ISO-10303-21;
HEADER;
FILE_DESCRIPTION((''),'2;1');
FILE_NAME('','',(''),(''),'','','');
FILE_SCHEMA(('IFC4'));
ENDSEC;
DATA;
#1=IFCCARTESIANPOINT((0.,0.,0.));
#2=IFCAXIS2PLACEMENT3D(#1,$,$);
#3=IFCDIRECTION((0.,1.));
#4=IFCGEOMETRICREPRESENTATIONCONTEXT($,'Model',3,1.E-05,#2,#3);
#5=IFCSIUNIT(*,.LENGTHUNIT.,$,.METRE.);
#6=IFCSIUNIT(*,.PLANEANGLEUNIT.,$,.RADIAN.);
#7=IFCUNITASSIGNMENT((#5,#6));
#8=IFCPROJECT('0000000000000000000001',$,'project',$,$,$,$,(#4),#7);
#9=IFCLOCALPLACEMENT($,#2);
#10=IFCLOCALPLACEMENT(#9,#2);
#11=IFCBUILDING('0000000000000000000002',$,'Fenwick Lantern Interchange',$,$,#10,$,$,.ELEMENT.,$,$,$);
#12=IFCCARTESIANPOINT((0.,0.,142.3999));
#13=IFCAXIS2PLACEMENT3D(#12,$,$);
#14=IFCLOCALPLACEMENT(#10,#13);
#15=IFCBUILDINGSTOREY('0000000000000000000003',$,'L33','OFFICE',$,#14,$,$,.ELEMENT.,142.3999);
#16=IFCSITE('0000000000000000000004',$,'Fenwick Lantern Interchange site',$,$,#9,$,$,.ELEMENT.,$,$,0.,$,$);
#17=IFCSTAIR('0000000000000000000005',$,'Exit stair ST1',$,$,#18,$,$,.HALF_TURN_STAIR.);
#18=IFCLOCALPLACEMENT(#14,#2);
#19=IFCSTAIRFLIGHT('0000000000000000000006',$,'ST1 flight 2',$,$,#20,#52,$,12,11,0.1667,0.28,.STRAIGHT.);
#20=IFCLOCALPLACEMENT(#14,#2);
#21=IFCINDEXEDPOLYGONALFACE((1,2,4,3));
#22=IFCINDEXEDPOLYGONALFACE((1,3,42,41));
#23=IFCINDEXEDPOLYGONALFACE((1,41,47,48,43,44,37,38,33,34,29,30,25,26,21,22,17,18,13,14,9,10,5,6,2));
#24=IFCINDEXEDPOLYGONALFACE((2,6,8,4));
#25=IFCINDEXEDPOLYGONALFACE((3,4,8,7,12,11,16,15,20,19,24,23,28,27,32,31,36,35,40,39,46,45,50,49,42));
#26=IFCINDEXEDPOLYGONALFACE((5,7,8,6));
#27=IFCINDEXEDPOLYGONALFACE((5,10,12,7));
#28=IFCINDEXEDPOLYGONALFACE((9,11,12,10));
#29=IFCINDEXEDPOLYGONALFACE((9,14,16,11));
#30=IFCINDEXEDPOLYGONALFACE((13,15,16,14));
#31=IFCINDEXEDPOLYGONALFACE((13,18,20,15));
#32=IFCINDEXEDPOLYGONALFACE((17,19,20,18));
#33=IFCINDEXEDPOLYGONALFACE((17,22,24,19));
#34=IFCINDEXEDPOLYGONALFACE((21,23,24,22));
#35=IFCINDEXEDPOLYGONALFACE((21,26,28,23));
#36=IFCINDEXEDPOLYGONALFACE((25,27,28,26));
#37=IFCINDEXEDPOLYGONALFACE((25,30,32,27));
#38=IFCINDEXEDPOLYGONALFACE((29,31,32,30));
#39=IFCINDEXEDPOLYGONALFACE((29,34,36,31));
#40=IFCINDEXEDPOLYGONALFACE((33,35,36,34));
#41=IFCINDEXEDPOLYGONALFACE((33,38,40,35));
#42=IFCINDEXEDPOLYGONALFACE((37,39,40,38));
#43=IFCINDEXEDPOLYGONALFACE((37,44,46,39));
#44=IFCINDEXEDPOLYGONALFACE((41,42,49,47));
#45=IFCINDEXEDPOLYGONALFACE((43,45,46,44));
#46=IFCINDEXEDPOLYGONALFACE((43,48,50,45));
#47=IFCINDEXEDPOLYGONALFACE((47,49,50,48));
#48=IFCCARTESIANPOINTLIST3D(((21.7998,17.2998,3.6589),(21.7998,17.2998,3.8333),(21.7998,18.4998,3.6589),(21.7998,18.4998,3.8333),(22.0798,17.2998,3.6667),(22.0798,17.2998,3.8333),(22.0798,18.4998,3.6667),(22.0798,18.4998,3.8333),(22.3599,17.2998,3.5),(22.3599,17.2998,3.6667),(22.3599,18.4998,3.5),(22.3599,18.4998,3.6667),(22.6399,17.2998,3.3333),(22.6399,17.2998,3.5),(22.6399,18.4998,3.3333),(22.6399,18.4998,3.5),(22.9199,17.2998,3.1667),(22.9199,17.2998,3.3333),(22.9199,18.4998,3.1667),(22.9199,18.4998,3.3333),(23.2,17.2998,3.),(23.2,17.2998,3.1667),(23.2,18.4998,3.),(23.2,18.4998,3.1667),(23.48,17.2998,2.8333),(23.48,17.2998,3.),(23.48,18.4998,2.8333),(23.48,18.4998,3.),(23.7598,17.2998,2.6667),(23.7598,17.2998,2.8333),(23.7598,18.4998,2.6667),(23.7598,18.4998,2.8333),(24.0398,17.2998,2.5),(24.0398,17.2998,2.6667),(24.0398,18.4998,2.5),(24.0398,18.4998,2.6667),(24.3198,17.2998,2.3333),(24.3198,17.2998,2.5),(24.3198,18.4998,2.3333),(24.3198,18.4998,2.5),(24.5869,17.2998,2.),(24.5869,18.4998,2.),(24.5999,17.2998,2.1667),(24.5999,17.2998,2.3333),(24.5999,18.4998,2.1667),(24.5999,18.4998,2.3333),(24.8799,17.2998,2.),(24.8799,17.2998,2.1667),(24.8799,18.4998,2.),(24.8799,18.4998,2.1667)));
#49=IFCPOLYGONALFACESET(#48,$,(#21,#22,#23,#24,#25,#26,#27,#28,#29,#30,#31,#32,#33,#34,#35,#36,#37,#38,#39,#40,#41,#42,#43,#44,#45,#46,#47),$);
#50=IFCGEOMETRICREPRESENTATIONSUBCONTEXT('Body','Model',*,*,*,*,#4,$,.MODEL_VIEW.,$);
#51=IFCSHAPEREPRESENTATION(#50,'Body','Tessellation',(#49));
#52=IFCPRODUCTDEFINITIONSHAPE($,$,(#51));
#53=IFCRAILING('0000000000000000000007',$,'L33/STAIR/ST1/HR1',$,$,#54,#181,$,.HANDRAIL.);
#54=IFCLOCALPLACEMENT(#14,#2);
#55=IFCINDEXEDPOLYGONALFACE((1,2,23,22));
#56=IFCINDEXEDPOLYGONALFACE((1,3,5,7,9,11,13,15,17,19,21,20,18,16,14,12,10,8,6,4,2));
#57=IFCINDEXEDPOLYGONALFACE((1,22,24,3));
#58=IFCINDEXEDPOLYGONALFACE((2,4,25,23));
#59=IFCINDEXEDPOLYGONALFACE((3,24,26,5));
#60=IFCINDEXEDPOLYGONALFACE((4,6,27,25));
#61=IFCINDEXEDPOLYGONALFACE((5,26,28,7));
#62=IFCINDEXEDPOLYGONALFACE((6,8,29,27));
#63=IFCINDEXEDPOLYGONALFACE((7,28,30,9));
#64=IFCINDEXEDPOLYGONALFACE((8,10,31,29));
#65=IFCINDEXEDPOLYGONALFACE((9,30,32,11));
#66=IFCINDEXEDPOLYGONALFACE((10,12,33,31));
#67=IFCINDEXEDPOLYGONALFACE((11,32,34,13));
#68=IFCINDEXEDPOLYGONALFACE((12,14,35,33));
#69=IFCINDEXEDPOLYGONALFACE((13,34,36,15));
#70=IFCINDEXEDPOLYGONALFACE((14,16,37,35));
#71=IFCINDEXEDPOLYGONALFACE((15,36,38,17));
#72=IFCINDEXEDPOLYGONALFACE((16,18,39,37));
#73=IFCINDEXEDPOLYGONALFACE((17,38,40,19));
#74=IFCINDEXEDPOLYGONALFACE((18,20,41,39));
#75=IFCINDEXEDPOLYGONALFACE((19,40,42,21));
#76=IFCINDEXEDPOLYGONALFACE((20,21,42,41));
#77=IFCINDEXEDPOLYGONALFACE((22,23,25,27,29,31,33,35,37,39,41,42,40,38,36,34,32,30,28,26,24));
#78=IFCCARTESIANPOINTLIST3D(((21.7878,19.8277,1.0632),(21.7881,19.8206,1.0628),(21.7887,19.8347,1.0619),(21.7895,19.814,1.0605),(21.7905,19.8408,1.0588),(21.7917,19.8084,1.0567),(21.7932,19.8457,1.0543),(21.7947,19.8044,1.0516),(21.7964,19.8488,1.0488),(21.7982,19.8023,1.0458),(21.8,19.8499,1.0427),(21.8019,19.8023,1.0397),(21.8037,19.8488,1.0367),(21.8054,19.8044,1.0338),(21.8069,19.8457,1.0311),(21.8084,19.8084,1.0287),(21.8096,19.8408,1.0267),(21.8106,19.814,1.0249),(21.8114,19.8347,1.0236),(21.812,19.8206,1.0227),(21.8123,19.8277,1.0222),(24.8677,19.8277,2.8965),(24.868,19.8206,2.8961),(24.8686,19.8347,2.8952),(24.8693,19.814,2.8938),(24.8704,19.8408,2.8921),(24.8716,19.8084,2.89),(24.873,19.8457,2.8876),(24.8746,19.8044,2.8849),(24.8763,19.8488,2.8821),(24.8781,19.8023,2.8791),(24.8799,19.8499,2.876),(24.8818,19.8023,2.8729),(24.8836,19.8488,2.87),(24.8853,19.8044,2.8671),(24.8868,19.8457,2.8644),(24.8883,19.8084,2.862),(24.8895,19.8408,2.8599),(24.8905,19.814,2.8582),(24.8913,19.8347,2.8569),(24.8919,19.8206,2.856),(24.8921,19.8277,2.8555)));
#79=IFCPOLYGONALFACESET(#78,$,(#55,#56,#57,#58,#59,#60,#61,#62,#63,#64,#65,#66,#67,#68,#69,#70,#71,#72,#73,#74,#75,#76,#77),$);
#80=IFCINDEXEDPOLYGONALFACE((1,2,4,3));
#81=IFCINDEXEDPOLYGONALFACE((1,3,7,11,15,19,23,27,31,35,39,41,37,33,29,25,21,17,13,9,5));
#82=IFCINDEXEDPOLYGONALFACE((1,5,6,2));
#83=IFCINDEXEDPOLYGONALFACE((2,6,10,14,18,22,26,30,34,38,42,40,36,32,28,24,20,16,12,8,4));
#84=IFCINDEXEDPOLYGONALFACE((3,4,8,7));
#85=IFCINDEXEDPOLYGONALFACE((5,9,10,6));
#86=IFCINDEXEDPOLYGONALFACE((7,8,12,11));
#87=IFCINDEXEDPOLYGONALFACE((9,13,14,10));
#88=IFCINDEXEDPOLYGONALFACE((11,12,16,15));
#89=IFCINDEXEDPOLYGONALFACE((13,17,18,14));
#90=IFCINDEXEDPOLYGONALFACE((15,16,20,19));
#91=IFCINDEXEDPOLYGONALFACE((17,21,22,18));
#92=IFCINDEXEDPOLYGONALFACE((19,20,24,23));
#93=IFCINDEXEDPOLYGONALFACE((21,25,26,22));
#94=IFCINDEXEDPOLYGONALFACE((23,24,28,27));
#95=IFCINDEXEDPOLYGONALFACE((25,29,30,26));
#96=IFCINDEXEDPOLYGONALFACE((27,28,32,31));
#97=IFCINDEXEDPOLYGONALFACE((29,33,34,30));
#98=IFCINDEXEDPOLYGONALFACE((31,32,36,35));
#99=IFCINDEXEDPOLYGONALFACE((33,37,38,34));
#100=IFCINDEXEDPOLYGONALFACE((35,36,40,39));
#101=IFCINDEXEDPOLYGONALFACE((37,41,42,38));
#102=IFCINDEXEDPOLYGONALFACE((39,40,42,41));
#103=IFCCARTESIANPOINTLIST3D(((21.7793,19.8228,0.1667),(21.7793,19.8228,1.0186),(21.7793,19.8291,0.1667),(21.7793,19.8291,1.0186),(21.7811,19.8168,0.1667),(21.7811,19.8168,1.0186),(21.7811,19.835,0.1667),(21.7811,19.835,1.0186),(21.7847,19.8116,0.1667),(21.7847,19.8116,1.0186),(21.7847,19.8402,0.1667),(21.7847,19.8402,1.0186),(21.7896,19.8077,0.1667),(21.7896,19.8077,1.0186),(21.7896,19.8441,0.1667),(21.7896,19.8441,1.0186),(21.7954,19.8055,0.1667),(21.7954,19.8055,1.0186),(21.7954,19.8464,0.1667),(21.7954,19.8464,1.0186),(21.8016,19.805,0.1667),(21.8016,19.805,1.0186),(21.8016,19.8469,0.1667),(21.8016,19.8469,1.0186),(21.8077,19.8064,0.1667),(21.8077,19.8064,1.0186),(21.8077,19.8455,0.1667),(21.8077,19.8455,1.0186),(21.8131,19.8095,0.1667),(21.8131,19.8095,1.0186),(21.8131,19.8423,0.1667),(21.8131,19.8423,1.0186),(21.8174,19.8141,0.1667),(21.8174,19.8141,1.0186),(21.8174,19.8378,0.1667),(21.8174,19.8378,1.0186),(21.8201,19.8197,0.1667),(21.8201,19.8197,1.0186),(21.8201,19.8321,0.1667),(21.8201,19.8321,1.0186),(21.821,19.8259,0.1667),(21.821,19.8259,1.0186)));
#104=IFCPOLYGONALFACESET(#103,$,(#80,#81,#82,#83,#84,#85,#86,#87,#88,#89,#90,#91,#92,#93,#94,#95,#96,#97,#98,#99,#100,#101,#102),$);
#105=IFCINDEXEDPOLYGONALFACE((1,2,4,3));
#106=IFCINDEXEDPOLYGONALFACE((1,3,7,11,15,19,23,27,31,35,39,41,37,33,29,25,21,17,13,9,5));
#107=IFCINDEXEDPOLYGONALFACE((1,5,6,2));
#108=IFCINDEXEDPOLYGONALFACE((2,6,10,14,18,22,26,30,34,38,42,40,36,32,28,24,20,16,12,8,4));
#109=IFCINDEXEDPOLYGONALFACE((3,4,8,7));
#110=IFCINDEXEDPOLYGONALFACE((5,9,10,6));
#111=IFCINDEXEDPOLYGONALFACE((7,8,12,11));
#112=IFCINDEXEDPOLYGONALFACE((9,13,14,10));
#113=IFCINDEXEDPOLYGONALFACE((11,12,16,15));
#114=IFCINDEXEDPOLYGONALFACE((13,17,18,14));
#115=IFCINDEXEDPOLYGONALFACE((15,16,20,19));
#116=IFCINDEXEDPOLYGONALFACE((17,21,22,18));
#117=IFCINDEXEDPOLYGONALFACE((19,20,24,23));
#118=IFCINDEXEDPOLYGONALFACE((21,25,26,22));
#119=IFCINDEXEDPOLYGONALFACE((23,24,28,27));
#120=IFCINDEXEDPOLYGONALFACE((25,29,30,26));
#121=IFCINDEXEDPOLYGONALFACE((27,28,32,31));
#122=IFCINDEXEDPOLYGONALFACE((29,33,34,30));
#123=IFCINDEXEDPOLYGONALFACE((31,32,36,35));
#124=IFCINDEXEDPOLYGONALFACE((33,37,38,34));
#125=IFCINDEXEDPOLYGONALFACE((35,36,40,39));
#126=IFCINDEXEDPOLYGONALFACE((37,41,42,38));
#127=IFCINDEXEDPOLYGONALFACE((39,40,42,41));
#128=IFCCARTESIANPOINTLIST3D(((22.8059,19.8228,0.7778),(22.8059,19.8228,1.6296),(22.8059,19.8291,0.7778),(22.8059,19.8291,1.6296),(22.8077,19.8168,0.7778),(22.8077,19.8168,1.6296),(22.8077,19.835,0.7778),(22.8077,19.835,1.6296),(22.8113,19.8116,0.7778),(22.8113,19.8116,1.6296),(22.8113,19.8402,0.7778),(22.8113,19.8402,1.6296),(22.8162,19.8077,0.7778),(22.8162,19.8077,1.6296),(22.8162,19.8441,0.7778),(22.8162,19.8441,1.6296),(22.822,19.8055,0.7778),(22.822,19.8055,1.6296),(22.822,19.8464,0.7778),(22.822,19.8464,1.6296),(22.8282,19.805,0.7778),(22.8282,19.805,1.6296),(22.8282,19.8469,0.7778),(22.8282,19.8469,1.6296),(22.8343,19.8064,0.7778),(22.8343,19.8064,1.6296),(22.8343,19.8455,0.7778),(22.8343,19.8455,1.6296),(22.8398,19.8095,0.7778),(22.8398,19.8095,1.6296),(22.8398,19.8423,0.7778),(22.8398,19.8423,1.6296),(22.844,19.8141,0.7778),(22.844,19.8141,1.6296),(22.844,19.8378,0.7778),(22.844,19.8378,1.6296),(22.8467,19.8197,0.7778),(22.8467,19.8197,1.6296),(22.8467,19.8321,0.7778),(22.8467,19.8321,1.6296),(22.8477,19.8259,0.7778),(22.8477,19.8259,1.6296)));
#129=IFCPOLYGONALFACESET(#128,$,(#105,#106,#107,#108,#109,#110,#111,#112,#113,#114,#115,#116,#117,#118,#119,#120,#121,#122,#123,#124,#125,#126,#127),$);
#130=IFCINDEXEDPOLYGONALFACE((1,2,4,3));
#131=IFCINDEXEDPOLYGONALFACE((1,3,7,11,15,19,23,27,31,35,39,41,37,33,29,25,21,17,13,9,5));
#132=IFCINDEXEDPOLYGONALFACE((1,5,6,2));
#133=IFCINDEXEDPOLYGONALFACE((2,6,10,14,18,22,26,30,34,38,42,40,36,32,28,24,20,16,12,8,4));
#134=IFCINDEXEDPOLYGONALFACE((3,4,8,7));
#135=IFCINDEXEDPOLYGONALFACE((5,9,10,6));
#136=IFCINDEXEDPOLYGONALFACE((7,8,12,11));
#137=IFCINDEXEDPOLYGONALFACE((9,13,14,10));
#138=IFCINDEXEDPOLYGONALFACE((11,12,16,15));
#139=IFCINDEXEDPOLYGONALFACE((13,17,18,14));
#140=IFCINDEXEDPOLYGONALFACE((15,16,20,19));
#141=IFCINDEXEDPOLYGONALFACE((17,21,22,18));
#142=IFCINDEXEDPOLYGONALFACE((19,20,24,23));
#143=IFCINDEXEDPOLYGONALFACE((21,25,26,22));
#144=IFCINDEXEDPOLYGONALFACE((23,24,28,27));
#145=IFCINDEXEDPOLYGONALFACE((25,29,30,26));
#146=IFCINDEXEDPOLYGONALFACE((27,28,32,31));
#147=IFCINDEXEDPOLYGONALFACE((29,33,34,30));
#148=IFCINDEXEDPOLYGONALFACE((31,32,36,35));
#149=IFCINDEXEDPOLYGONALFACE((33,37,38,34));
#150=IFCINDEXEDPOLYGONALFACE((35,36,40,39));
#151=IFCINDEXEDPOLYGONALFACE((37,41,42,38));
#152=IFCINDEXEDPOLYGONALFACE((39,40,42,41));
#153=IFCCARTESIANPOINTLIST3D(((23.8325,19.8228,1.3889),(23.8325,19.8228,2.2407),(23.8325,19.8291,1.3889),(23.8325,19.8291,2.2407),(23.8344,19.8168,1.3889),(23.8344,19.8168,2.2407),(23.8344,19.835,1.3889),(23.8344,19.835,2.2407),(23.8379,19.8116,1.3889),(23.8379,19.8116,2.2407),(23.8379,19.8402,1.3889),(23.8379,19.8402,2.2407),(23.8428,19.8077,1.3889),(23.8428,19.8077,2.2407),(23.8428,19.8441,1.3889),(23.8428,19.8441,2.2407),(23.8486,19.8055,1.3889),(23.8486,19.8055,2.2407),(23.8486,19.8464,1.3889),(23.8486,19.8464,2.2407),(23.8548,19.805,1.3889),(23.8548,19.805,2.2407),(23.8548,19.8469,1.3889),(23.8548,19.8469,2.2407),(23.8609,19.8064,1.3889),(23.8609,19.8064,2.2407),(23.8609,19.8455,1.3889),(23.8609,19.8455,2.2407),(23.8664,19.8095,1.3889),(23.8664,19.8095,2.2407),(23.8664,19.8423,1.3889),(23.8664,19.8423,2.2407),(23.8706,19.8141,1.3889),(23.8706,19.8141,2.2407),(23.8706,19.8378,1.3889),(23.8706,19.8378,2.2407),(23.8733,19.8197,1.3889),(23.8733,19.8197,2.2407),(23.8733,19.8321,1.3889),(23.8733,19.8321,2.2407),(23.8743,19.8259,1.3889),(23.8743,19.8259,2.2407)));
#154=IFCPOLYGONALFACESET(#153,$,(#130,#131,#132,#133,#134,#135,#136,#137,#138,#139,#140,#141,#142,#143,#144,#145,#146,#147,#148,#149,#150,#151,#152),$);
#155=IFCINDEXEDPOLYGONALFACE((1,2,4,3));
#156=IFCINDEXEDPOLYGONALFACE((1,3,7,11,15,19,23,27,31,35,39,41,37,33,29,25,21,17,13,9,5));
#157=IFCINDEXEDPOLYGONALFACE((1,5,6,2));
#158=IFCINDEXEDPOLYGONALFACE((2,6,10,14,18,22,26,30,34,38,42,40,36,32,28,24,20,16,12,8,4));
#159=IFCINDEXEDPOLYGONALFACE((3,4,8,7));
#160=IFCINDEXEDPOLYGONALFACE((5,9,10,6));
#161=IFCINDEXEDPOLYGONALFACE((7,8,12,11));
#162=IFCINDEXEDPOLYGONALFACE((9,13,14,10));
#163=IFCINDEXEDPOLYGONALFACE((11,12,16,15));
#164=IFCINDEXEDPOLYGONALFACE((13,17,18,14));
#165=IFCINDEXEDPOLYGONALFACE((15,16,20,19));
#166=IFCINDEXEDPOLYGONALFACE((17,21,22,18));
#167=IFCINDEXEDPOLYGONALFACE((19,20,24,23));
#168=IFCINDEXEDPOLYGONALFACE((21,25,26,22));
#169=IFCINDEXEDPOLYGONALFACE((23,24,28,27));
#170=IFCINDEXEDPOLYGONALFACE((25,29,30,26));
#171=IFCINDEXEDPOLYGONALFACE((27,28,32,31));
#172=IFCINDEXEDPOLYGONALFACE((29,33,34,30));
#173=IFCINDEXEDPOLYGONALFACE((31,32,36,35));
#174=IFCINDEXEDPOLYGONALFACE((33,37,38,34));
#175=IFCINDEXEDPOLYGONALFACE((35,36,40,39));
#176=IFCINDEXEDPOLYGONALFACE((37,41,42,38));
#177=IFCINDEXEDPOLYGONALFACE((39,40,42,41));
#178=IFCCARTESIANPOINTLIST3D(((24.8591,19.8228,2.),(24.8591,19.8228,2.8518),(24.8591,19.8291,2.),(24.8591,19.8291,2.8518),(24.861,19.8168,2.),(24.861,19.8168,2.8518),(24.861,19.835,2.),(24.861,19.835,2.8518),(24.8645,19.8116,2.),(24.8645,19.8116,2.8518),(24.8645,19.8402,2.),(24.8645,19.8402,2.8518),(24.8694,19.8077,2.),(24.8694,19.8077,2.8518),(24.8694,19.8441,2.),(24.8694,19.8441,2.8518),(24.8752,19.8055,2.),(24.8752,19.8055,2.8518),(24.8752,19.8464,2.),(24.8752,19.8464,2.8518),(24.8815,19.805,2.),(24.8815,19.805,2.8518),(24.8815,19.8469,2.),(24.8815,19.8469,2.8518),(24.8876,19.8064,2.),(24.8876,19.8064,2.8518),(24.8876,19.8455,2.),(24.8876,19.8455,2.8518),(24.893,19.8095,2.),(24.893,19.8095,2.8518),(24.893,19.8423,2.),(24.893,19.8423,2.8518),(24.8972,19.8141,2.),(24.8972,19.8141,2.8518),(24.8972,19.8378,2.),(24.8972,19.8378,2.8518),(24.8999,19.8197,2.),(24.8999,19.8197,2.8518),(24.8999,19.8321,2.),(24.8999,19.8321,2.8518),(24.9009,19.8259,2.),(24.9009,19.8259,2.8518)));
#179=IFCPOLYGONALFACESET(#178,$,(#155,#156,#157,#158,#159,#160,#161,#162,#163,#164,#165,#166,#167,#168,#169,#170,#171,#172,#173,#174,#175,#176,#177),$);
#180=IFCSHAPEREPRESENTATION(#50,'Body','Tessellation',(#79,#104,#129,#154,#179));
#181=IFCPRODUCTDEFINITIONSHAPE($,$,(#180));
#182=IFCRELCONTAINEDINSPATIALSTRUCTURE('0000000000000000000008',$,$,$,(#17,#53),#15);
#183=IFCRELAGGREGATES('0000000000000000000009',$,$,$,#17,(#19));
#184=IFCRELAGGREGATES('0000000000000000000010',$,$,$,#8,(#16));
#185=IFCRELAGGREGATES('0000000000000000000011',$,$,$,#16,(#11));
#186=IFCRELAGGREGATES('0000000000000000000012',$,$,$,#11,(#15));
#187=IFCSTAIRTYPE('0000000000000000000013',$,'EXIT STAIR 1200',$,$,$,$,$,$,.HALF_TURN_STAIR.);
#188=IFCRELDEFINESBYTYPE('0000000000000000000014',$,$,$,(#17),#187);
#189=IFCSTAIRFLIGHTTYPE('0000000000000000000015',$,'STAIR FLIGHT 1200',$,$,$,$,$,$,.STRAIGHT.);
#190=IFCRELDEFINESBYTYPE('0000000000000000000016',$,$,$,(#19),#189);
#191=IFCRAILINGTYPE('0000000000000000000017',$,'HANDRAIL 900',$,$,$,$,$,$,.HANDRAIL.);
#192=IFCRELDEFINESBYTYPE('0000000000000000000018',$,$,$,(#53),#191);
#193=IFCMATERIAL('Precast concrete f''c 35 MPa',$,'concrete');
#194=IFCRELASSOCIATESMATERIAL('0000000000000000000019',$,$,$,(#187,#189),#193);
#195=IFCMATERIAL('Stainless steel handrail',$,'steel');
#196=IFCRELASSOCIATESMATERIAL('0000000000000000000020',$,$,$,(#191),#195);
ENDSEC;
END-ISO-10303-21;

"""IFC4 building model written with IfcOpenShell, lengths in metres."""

from ifc_helpers import new_model, si_unit, direction, frame, origin, origin_2d, place, context, subcontext, project, spatial, polyline, circle, outline, extrude, material, type_object, element, aggregate, save


model = new_model("IFC4")

# Units and contexts
model_context = context("Model", 3, precision=1e-05, world=origin(), true_north=direction((0.0, 1.0)))
body_context = subcontext(model_context, "Body", "Model", "MODEL_VIEW")
ifc_project = project(units=[si_unit("LENGTHUNIT", "METRE"), si_unit("PLANEANGLEUNIT", "RADIAN")], contexts=[model_context])

# Site, building, storey
site_placement = place(None, origin())
site = spatial("IfcSite", under=ifc_project, at=site_placement, Name="Fenwick Lantern Interchange site", CompositionType="ELEMENT", RefElevation=0.0)
building_placement = place(site_placement, origin())
building = spatial("IfcBuilding", under=site, at=building_placement, Name="Fenwick Lantern Interchange", CompositionType="ELEMENT")
storey_placement = place(building_placement, frame((0.0, 0.0, 142.3999)))
storey = spatial("IfcBuildingStorey", under=building, at=storey_placement, Name="L33", Description="OFFICE", CompositionType="ELEMENT", Elevation=142.3999)

# Stair, stair flight
ifc_material_1 = material(Name="Precast concrete f'c 35 MPa", Category="concrete")
stair_type = type_object("IfcStairType", Name="EXIT STAIR 1200", PredefinedType="HALF_TURN_STAIR", material=ifc_material_1)
stair_placement = place(storey_placement, origin())
stair = element("IfcStair", 1, at=stair_placement, inside=storey, type_object=stair_type, Name="Exit stair ST1", PredefinedType="HALF_TURN_STAIR")
stair_flight_type = type_object("IfcStairFlightType", Name="STAIR FLIGHT 1200", PredefinedType="STRAIGHT", material=ifc_material_1)
stair_flight_1_placement = place(storey_placement, frame((24.8799, 17.8999, 2.0), z_axis=(0.0, 0.0, 1.0), x_axis=(-1.0, 0.0, 0.0)))
stair_flight_1 = element("IfcStairFlight", 2, at=stair_flight_1_placement, type_object=stair_flight_type, Name="ST1 flight 2", NumberOfRisers=12, NumberOfTreads=11, PredefinedType="STRAIGHT", RiserHeight=0.1667, TreadLength=0.28, context=body_context, shape_type="SweptSolid", body=[
    extrude(outline(polyline([(0.0, 0.0), (0.0, 0.1667), (0.28, 0.1667), (0.28, 0.3333), (0.5601, 0.3333), (0.5601, 0.5), (0.8401, 0.5), (0.8401, 0.6667), (1.1201, 0.6667), (1.1201, 0.8333), (1.3999, 0.8333), (1.3999, 1.0), (1.6799, 1.0), (1.6799, 1.1667), (1.96, 1.1667), (1.96, 1.3333), (2.24, 1.3333), (2.24, 1.5), (2.52, 1.5), (2.52, 1.6667), (2.8, 1.6667), (2.8, 1.8333), (3.0801, 1.8333), (3.0801, 2.0), (3.0801, 1.6589), (0.293, 0.0), (0.0, 0.0)])), frame((0.0, 0.6001, 0.0), z_axis=(0.0, -1.0, 0.0), x_axis=(1.0, 0.0, 0.0)), (0.0, 0.0, 1.0), 1.2),
])
aggregate(stair, [stair_flight_1])

# Railing
ifc_material_2 = material(Name="Stainless steel handrail", Category="steel")
railing_type = type_object("IfcRailingType", Name="HANDRAIL 900", PredefinedType="HANDRAIL", material=ifc_material_2)
railing_1_placement = place(storey_placement, frame((21.8, 19.8259, 0.1667)))
element("IfcRailing", 3, at=railing_1_placement, inside=storey, type_object=railing_type, Name="L33/STAIR/ST1/HR1", PredefinedType="HANDRAIL", context=body_context, shape_type="SweptSolid", body=[
    extrude(circle(Radius=0.0239, at=origin_2d()), frame((0.0, 0.0, 0.876), z_axis=(0.859291, 0.0, 0.511487), x_axis=(0.0, 1.0, 0.0)), (0.0, 0.0, 1.0), 3.5842),
    extrude(circle(Radius=0.021, at=origin_2d()), origin(), (0.0, 0.0, 1.0), 0.8518),
    extrude(circle(Radius=0.021, at=origin_2d()), frame((1.0266, 0.0, 0.6111)), (0.0, 0.0, 1.0), 0.8518),
    extrude(circle(Radius=0.021, at=origin_2d()), frame((2.0532, 0.0, 1.2222)), (0.0, 0.0, 1.0), 0.8518),
    extrude(circle(Radius=0.021, at=origin_2d()), frame((3.0798, 0.0, 1.8333)), (0.0, 0.0, 1.0), 0.8518),
])

save(model, "model.ifc")
